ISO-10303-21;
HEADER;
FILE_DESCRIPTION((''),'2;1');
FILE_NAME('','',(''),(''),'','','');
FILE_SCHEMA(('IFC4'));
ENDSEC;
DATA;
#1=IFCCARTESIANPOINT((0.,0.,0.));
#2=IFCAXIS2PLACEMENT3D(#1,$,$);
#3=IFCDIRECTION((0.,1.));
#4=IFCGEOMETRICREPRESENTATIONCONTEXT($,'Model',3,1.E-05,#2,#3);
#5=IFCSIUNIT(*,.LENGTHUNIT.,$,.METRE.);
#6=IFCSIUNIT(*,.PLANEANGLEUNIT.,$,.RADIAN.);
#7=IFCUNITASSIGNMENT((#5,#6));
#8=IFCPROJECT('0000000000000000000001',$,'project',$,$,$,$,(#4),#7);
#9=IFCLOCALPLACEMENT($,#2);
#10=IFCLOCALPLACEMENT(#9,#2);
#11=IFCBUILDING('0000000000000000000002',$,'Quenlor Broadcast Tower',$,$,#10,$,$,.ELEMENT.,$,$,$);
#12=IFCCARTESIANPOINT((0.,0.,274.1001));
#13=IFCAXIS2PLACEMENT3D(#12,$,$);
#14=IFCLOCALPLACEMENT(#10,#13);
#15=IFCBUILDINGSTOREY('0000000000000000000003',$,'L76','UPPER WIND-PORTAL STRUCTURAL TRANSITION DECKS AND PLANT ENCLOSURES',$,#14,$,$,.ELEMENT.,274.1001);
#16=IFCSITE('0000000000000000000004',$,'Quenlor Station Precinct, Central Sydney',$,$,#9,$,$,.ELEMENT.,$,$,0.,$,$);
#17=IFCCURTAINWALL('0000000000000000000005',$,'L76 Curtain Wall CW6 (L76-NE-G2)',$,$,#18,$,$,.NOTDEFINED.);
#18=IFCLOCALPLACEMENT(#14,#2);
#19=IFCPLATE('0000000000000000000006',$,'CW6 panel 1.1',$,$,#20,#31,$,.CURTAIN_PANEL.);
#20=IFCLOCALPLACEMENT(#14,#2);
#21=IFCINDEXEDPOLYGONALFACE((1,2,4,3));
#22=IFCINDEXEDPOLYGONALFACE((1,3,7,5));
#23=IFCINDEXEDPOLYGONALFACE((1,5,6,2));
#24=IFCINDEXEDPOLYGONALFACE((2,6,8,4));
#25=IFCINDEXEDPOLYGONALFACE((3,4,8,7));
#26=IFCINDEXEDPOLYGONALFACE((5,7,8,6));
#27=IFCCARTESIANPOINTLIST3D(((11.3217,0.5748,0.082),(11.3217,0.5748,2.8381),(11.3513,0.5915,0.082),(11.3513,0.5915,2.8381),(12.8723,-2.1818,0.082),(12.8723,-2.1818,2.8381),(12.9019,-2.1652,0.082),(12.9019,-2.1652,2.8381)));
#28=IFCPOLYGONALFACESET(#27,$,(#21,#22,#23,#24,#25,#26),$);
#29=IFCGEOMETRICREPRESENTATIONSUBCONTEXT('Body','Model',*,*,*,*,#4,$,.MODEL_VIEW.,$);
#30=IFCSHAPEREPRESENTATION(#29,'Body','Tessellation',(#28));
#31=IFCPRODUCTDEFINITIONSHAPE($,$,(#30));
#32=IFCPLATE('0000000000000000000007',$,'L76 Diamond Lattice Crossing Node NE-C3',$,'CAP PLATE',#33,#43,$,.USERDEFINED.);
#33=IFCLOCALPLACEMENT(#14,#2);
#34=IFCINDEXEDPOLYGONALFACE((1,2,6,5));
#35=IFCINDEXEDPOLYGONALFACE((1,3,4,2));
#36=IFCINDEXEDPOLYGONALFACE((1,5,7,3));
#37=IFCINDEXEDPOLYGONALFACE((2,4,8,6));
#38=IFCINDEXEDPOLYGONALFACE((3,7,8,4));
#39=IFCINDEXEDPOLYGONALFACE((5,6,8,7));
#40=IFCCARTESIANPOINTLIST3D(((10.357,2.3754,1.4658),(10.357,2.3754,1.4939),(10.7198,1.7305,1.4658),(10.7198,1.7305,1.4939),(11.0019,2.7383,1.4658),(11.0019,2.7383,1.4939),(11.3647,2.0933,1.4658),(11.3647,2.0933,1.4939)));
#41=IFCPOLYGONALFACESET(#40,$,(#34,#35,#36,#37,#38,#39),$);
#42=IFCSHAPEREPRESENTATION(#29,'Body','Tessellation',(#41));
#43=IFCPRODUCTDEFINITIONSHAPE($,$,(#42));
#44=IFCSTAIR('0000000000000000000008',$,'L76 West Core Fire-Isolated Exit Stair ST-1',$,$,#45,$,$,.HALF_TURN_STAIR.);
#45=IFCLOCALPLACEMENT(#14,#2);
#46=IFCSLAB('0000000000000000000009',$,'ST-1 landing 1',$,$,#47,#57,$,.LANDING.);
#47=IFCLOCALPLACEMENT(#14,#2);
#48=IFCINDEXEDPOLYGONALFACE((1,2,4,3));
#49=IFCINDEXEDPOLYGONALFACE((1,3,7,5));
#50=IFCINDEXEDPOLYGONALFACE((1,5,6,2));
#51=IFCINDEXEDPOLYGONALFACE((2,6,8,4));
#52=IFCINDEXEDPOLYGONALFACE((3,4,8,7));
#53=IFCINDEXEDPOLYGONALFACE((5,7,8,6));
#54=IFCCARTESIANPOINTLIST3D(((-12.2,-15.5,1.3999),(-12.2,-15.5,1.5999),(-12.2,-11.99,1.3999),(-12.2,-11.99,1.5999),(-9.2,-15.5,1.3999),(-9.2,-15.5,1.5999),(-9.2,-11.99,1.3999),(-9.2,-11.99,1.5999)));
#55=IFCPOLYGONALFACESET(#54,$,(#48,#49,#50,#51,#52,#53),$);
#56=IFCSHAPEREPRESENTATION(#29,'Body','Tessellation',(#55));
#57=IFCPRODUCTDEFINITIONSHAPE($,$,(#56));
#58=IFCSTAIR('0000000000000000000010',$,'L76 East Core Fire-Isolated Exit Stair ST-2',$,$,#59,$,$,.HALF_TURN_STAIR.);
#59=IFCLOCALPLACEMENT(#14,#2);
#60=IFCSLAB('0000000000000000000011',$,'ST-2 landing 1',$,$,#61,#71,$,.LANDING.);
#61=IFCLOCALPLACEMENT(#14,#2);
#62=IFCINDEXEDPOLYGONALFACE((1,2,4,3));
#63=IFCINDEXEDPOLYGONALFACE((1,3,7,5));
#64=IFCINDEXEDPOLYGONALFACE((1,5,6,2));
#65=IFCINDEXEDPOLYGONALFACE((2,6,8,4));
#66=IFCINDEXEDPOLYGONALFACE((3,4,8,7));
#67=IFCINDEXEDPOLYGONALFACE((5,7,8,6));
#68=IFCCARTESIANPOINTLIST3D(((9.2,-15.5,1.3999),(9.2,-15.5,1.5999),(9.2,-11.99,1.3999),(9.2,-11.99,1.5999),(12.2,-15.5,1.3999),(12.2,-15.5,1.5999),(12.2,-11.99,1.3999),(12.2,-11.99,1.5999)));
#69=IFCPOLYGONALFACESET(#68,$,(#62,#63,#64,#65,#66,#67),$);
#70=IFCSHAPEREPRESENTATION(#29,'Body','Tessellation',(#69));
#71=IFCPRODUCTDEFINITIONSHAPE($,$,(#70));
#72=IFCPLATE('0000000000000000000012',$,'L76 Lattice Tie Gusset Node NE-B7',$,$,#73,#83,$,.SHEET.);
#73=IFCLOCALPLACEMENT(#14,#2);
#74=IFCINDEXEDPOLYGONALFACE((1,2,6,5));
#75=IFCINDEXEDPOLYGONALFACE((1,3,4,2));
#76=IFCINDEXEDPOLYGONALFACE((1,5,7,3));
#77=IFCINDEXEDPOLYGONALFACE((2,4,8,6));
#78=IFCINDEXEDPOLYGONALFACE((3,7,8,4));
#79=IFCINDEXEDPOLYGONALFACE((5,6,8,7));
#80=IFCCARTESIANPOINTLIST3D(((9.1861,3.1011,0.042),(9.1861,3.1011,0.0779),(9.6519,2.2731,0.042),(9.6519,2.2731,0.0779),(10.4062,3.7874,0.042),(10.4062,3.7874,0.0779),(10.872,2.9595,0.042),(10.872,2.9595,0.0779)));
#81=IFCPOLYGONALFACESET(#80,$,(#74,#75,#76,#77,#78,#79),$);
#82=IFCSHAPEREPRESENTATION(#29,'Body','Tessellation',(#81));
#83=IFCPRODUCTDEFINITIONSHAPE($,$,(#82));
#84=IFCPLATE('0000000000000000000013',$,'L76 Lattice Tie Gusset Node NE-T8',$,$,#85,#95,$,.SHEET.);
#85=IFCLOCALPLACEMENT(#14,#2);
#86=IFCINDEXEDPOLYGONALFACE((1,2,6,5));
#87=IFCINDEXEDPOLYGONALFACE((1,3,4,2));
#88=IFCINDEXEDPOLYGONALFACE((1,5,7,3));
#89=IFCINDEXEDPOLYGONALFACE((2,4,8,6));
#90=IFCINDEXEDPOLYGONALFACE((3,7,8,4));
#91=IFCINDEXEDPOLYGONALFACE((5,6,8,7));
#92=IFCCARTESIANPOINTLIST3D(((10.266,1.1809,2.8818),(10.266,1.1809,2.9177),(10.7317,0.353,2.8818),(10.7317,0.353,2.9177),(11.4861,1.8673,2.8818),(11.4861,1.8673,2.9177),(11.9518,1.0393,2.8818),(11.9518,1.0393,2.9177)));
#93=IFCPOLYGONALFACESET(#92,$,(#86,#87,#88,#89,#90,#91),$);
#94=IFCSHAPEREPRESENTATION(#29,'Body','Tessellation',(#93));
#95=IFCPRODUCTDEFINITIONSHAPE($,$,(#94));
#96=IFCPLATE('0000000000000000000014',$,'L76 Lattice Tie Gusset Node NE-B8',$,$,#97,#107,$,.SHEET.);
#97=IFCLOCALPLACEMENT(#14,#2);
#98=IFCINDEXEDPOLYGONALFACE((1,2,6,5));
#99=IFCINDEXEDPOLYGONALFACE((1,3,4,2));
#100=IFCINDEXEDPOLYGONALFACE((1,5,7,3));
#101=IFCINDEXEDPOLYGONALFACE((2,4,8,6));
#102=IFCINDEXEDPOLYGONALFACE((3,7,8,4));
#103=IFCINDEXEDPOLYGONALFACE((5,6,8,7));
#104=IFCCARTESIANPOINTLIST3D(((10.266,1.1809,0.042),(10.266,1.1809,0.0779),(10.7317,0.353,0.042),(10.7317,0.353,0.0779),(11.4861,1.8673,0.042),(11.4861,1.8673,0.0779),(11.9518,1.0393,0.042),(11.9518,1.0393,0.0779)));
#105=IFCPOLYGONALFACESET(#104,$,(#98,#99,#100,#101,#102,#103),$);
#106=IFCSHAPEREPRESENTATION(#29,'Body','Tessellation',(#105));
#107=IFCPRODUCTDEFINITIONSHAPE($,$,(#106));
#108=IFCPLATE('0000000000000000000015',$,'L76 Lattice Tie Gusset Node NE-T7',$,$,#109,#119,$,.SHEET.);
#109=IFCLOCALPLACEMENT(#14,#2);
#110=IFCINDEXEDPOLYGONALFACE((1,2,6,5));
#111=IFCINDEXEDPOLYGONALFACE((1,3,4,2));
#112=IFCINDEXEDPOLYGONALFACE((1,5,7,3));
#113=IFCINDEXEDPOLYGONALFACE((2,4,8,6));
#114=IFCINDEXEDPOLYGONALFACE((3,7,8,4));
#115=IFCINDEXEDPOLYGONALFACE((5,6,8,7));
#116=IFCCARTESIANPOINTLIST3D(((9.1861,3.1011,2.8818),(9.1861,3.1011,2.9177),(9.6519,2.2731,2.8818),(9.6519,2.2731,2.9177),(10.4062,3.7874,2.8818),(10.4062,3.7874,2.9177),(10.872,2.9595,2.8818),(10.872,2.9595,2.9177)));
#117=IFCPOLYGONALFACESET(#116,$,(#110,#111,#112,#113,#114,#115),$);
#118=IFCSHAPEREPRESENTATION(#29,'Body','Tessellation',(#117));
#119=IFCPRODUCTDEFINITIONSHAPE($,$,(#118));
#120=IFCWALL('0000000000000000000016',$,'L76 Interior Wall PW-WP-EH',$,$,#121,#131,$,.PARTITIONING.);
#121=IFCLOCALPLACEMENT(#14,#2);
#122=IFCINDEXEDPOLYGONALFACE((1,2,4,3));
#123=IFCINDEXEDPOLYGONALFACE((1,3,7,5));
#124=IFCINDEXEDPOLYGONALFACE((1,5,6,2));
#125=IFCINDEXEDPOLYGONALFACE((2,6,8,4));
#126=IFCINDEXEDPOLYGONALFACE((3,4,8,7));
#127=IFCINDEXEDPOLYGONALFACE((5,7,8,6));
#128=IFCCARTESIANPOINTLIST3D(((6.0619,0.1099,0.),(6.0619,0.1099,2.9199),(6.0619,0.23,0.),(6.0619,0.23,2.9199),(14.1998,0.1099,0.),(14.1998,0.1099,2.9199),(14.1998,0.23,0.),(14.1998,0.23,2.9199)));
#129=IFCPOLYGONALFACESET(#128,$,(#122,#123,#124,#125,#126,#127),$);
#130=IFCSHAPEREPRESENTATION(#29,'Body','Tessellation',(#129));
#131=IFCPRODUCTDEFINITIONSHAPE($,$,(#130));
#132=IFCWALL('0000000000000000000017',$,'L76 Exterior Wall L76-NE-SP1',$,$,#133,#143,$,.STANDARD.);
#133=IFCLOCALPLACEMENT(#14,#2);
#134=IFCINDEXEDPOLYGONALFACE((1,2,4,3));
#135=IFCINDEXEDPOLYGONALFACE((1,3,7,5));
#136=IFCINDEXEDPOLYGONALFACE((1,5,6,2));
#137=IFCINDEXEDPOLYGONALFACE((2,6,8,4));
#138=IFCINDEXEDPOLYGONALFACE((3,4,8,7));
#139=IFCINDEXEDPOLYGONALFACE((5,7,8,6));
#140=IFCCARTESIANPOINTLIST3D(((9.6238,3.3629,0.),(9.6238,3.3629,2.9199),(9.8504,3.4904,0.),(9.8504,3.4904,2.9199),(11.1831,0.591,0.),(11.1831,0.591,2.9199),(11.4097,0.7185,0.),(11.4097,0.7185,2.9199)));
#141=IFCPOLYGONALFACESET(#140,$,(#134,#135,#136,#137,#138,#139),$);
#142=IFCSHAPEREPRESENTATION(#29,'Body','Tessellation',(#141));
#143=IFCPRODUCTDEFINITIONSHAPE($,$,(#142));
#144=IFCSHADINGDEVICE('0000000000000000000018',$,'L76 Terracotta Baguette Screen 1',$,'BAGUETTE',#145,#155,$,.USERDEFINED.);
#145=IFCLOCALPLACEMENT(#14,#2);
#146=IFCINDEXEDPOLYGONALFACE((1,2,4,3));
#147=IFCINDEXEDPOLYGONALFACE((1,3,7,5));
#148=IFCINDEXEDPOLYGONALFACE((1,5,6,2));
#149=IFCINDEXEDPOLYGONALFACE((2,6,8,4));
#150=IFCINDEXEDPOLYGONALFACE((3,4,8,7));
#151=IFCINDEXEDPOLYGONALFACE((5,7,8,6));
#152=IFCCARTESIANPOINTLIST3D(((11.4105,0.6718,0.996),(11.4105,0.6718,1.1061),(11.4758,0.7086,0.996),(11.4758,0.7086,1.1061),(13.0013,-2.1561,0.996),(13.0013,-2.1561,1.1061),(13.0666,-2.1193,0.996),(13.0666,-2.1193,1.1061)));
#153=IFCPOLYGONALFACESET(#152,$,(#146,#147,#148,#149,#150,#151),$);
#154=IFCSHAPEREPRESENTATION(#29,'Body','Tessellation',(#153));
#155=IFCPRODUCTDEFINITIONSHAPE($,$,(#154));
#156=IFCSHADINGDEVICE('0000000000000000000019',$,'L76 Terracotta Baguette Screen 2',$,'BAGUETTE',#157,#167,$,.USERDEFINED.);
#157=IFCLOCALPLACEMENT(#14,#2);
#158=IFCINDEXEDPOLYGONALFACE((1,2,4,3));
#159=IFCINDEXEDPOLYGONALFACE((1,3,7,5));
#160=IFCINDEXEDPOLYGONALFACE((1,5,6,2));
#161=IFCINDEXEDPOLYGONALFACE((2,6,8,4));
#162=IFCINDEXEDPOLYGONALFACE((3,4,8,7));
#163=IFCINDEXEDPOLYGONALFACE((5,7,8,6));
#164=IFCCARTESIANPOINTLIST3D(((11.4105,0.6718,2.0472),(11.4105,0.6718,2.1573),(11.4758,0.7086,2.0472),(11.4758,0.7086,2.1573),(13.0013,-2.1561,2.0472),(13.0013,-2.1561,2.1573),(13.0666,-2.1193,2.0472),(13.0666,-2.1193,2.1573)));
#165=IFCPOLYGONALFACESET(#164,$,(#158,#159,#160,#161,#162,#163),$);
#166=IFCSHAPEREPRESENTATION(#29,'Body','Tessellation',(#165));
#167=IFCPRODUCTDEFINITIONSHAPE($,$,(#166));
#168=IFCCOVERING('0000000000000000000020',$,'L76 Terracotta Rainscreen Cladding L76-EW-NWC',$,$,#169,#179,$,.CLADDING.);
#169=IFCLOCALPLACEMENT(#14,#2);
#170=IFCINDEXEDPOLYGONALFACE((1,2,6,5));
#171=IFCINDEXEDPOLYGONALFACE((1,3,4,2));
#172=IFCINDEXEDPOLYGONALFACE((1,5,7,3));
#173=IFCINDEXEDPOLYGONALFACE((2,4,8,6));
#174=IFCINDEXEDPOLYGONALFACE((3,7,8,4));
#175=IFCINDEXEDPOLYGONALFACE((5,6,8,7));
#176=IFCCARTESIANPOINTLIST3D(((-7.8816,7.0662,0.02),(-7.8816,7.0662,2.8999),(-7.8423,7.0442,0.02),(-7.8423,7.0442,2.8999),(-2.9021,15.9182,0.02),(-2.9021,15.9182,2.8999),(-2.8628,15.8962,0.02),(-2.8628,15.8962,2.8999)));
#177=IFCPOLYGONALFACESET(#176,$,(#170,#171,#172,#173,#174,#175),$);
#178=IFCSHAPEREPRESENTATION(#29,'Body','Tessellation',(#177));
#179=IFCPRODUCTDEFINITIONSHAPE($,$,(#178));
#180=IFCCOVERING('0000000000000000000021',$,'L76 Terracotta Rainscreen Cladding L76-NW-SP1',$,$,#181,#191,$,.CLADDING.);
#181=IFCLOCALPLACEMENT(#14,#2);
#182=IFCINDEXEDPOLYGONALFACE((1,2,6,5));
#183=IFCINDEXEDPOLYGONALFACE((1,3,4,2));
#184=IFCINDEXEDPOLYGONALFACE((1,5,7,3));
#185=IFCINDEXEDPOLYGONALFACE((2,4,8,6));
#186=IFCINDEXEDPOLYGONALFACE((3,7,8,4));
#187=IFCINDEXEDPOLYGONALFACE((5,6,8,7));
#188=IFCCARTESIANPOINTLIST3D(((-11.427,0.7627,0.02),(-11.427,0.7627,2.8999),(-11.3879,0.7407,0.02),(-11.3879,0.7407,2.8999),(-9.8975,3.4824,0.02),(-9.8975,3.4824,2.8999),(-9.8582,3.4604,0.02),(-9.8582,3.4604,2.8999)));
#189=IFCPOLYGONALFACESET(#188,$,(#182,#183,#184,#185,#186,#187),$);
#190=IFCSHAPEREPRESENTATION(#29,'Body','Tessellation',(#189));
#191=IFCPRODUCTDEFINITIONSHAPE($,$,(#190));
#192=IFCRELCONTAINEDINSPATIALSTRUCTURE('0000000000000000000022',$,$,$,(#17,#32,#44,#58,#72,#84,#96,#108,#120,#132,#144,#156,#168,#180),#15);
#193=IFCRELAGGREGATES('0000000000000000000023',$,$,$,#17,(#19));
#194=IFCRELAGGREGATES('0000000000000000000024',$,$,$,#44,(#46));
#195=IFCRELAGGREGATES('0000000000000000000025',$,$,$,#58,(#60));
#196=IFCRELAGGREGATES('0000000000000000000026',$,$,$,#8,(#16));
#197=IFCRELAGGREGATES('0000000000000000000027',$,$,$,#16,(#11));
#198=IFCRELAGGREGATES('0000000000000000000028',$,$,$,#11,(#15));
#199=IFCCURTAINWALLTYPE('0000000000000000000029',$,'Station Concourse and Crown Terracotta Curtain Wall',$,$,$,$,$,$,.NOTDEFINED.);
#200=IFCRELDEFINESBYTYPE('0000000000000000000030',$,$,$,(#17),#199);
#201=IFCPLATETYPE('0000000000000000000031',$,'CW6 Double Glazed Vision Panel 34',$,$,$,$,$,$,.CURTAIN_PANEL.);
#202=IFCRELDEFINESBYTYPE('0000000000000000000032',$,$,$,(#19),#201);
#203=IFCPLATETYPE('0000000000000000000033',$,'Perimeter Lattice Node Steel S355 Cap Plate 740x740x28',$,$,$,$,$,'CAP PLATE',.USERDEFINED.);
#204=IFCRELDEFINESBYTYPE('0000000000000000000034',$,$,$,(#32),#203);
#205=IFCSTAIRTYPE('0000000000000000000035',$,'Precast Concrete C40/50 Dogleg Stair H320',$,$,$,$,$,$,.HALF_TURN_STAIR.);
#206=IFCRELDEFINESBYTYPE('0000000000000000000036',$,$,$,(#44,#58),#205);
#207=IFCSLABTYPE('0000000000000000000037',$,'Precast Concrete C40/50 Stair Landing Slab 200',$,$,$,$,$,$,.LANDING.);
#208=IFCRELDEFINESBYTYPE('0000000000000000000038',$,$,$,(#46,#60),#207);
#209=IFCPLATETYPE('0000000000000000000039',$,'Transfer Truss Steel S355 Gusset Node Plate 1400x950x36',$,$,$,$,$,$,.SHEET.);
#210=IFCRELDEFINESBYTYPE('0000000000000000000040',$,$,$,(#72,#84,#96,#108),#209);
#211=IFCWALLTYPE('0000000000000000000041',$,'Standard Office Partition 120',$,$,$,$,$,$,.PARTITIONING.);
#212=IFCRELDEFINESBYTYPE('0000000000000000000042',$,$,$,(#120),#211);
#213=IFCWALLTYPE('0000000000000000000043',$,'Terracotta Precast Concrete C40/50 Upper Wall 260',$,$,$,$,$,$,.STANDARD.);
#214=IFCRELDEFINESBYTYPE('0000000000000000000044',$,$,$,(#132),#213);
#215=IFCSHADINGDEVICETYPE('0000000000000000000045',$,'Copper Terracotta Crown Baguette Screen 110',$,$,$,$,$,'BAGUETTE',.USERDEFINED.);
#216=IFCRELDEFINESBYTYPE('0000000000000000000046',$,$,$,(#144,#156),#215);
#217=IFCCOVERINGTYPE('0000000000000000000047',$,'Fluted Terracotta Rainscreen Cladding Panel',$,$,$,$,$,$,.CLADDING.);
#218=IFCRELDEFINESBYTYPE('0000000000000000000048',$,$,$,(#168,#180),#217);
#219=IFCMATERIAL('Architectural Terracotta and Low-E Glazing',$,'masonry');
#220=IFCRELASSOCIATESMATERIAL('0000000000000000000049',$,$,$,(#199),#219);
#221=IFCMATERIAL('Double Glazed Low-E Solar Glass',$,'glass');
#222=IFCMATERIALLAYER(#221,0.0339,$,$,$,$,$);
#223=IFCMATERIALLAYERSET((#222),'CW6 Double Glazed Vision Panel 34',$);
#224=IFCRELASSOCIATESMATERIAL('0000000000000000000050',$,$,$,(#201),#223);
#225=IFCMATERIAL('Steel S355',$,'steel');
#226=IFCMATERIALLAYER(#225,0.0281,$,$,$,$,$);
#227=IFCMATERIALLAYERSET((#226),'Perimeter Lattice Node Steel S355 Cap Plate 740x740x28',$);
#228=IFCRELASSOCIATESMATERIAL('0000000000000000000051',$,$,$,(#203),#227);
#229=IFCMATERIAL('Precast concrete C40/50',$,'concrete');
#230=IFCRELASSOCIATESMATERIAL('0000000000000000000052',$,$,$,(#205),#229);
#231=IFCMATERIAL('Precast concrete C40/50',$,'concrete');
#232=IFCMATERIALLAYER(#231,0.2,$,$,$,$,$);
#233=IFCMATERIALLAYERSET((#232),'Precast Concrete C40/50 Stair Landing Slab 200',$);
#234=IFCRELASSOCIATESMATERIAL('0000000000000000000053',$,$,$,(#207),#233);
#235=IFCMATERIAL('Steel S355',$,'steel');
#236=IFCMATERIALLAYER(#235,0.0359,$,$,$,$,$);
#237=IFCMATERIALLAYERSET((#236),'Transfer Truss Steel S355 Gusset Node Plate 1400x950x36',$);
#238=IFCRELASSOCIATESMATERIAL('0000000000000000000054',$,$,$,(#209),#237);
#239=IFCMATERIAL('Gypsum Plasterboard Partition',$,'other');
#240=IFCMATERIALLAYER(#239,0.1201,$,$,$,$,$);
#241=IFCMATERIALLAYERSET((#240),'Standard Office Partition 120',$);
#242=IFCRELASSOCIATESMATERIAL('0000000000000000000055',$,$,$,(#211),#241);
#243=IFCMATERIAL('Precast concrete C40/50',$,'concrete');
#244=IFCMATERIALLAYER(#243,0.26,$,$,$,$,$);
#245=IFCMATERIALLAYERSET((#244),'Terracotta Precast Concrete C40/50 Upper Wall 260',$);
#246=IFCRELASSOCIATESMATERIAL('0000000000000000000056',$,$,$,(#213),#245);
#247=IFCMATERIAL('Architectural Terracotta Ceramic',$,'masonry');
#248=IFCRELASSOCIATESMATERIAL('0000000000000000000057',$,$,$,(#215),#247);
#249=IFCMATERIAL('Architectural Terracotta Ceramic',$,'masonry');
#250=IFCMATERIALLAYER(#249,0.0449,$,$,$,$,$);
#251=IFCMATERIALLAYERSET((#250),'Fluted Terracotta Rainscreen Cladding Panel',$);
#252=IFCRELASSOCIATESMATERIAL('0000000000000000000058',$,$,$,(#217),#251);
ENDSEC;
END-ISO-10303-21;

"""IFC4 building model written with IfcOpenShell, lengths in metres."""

from ifc_helpers import new_model, si_unit, direction, frame, frame_2d, origin, origin_2d, place, context, subcontext, project, spatial, polyline, rectangle, outline, extrude, material, layer, layer_set, material_profile, profile_set, type_object, element, aggregate, save


model = new_model("IFC4")

# Units and contexts
model_context = context("Model", 3, precision=1e-05, world=origin(), true_north=direction((0.0, 1.0)))
body_context = subcontext(model_context, "Body", "Model", "MODEL_VIEW")
ifc_project = project(units=[si_unit("LENGTHUNIT", "METRE"), si_unit("PLANEANGLEUNIT", "RADIAN")], contexts=[model_context])

# Site, building, storey
site_placement = place(None, origin())
site = spatial("IfcSite", under=ifc_project, at=site_placement, Name="Quenlor Station Precinct, Central Sydney", CompositionType="ELEMENT", RefElevation=0.0)
building_placement = place(site_placement, origin())
building = spatial("IfcBuilding", under=site, at=building_placement, Name="Quenlor Broadcast Tower", CompositionType="ELEMENT")
storey_placement = place(building_placement, frame((0.0, 0.0, 274.1001)))
storey = spatial("IfcBuildingStorey", under=building, at=storey_placement, Name="L76", Description="UPPER WIND-PORTAL STRUCTURAL TRANSITION DECKS AND PLANT ENCLOSURES", CompositionType="ELEMENT", Elevation=274.1001)

# Curtain wall
ifc_material_1 = material(Name="Architectural Terracotta and Low-E Glazing", Category="masonry")
curtain_wall_type = type_object("IfcCurtainWallType", Name="Station Concourse and Crown Terracotta Curtain Wall", PredefinedType="NOTDEFINED", material=ifc_material_1)
curtain_wall_placement = place(storey_placement, origin())
curtain_wall = element("IfcCurtainWall", 1, at=curtain_wall_placement, inside=storey, type_object=curtain_wall_type, Name="L76 Curtain Wall CW6 (L76-NE-G2)", PredefinedType="NOTDEFINED")

# Plates
ifc_material_2 = material(Name="Double Glazed Low-E Solar Glass", Category="glass")
ifc_layer_1 = layer(ifc_material_2, 0.0339)
ifc_layer_set_1 = layer_set([ifc_layer_1], Name="CW6 Double Glazed Vision Panel 34")
plate_type_1 = type_object("IfcPlateType", Name="CW6 Double Glazed Vision Panel 34", PredefinedType="CURTAIN_PANEL", material=ifc_layer_set_1)
plate_1_placement = place(storey_placement, frame((12.1118, -0.7952, 0.082), z_axis=(0.0, 0.0, 1.0), x_axis=(0.490268, -0.871572, 0.0)))
plate_1 = element("IfcPlate", 2, at=plate_1_placement, type_object=plate_type_1, Name="CW6 panel 1.1", PredefinedType="CURTAIN_PANEL", context=body_context, shape_type="SweptSolid", body=[
    extrude(rectangle(XDim=3.1628, YDim=0.0339, at=origin_2d()), origin(), (0.0, 0.0, 1.0), 2.7561),
])
aggregate(curtain_wall, [plate_1])
ifc_material_3 = material(Name="Steel S355", Category="steel")
ifc_layer_2 = layer(ifc_material_3, 0.0281)
ifc_layer_set_2 = layer_set([ifc_layer_2], Name="Perimeter Lattice Node Steel S355 Cap Plate 740x740x28")
plate_type_2 = type_object("IfcPlateType", Name="Perimeter Lattice Node Steel S355 Cap Plate 740x740x28", ElementType="CAP PLATE", PredefinedType="USERDEFINED", material=ifc_layer_set_2)
plate_2_placement = place(storey_placement, frame((10.8608, 2.2344, 1.4658), z_axis=(0.0, 0.0, 1.0), x_axis=(0.490295, -0.871556, 0.0)))
element("IfcPlate", 3, at=plate_2_placement, inside=storey, type_object=plate_type_2, Name="L76 Diamond Lattice Crossing Node NE-C3", ObjectType="CAP PLATE", PredefinedType="USERDEFINED", context=body_context, shape_type="SweptSolid", body=[
    extrude(rectangle(XDim=0.74, YDim=0.74, at=origin_2d()), origin(), (0.0, 0.0, 1.0), 0.0281),
])

# Stairs, slabs
ifc_material_4 = material(Name="Precast concrete C40/50", Category="concrete")
stair_type = type_object("IfcStairType", Name="Precast Concrete C40/50 Dogleg Stair H320", PredefinedType="HALF_TURN_STAIR", material=ifc_material_4)
stair_1_placement = place(storey_placement, origin())
stair_1 = element("IfcStair", 4, at=stair_1_placement, inside=storey, type_object=stair_type, Name="L76 West Core Fire-Isolated Exit Stair ST-1", PredefinedType="HALF_TURN_STAIR")
ifc_material_5 = material(Name="Precast concrete C40/50", Category="concrete")
ifc_layer_3 = layer(ifc_material_5, 0.2)
ifc_layer_set_3 = layer_set([ifc_layer_3], Name="Precast Concrete C40/50 Stair Landing Slab 200")
slab_type = type_object("IfcSlabType", Name="Precast Concrete C40/50 Stair Landing Slab 200", PredefinedType="LANDING", material=ifc_layer_set_3)
slab_1_placement = place(storey_placement, frame((0.0, 0.0, 1.3999)))
slab_1 = element("IfcSlab", 5, at=slab_1_placement, type_object=slab_type, Name="ST-1 landing 1", PredefinedType="LANDING", context=body_context, shape_type="SweptSolid", body=[
    extrude(outline(polyline([(-12.2, -11.99), (-12.2, -15.5), (-9.2, -15.5), (-9.2, -11.99), (-12.2, -11.99)])), origin(), (0.0, 0.0, 1.0), 0.2),
])
aggregate(stair_1, [slab_1])
stair_2_placement = place(storey_placement, origin())
stair_2 = element("IfcStair", 6, at=stair_2_placement, inside=storey, type_object=stair_type, Name="L76 East Core Fire-Isolated Exit Stair ST-2", PredefinedType="HALF_TURN_STAIR")
slab_2_placement = place(storey_placement, frame((0.0, 0.0, 1.3999)))
slab_2 = element("IfcSlab", 7, at=slab_2_placement, type_object=slab_type, Name="ST-2 landing 1", PredefinedType="LANDING", context=body_context, shape_type="SweptSolid", body=[
    extrude(outline(polyline([(9.2, -11.99), (9.2, -15.5), (12.2, -15.5), (12.2, -11.99), (9.2, -11.99)])), origin(), (0.0, 0.0, 1.0), 0.2),
])
aggregate(stair_2, [slab_2])

# Plates
ifc_material_6 = material(Name="Steel S355", Category="steel")
ifc_layer_4 = layer(ifc_material_6, 0.0359)
ifc_layer_set_4 = layer_set([ifc_layer_4], Name="Transfer Truss Steel S355 Gusset Node Plate 1400x950x36")
plate_type_3 = type_object("IfcPlateType", Name="Transfer Truss Steel S355 Gusset Node Plate 1400x950x36", PredefinedType="SHEET", material=ifc_layer_set_4)
for number, where, z_axis, x_axis, name in (
    (8, (10.0291, 3.0303, 0.042), (0.0, 0.0, 1.0), (0.871556, 0.490295, 0.0), "L76 Lattice Tie Gusset Node NE-B7"),
    (9, (11.1089, 1.1101, 2.8818), (0.0, 0.0, 1.0), (0.871556, 0.490295, 0.0), "L76 Lattice Tie Gusset Node NE-T8"),
    (10, (11.1089, 1.1101, 0.042), (0.0, 0.0, 1.0), (0.871556, 0.490295, 0.0), "L76 Lattice Tie Gusset Node NE-B8"),
    (11, (10.0291, 3.0303, 2.8818), (0.0, 0.0, 1.0), (0.871556, 0.490295, 0.0), "L76 Lattice Tie Gusset Node NE-T7"),
):
    element("IfcPlate", number, at=place(storey_placement, frame(where, z_axis=z_axis, x_axis=x_axis)), inside=storey, type_object=plate_type_3, Name=name, PredefinedType="SHEET", context=body_context, shape_type="SweptSolid", body=[
        extrude(rectangle(XDim=1.3999, YDim=0.95, at=origin_2d()), origin(), (0.0, 0.0, 1.0), 0.0359),
    ])

# Walls
ifc_material_7 = material(Name="Gypsum Plasterboard Partition", Category="other")
ifc_layer_5 = layer(ifc_material_7, 0.1201)
ifc_layer_set_5 = layer_set([ifc_layer_5], Name="Standard Office Partition 120")
wall_type_1 = type_object("IfcWallType", Name="Standard Office Partition 120", PredefinedType="PARTITIONING", material=ifc_layer_set_5)
wall_1_placement = place(storey_placement, frame((6.062, 0.1699, 0.0), z_axis=(0.0, 0.0, 1.0), x_axis=(1.0, 0.0, 0.0)))
element("IfcWall", 12, at=wall_1_placement, inside=storey, type_object=wall_type_1, Name="L76 Interior Wall PW-WP-EH", PredefinedType="PARTITIONING", context=body_context, shape_type="SweptSolid", body=[
    extrude(rectangle(XDim=8.1379, YDim=0.1201, at=frame_2d((4.0688, 0.0))), origin(), (0.0, 0.0, 1.0), 2.9199),
])
ifc_material_8 = material(Name="Precast concrete C40/50", Category="concrete")
ifc_layer_6 = layer(ifc_material_8, 0.26)
ifc_layer_set_6 = layer_set([ifc_layer_6], Name="Terracotta Precast Concrete C40/50 Upper Wall 260")
wall_type_2 = type_object("IfcWallType", Name="Terracotta Precast Concrete C40/50 Upper Wall 260", PredefinedType="STANDARD", material=ifc_layer_set_6)
wall_2_placement = place(storey_placement, frame((9.7371, 3.4268, 0.0), z_axis=(0.0, 0.0, 1.0), x_axis=(0.490283, -0.871563, 0.0)))
element("IfcWall", 13, at=wall_2_placement, inside=storey, type_object=wall_type_2, Name="L76 Exterior Wall L76-NE-SP1", PredefinedType="STANDARD", context=body_context, shape_type="SweptSolid", body=[
    extrude(rectangle(XDim=3.1804, YDim=0.26, at=frame_2d((1.5903, 0.0))), origin(), (0.0, 0.0, 1.0), 2.9199),
])

# Shading devices
ifc_material_9 = material(Name="Architectural Terracotta Ceramic", Category="masonry")
ifc_material_profile_1 = material_profile(ifc_material_9, rectangle(XDim=0.075, YDim=0.1101, at=origin_2d()))
ifc_profile_set_1 = profile_set([ifc_material_profile_1], Name="Architectural Terracotta Ceramic BAG75x110")
shading_device_type = type_object("IfcShadingDeviceType", Name="Copper Terracotta Crown Baguette Screen 110", ElementType="BAGUETTE", PredefinedType="USERDEFINED", material=ifc_profile_set_1)
for number, where, z_axis, x_axis, name in (
    (14, (11.4431, 0.6902, 1.051), (0.490293, -0.871557, 0.0), (0.871557, 0.490293, 0.0), "L76 Terracotta Baguette Screen 1"),
    (15, (11.4431, 0.6902, 2.1023), (0.490293, -0.871557, 0.0), (0.871557, 0.490293, 0.0), "L76 Terracotta Baguette Screen 2"),
):
    element("IfcShadingDevice", number, at=place(storey_placement, frame(where, z_axis=z_axis, x_axis=x_axis)), inside=storey, type_object=shading_device_type, Name=name, ObjectType="BAGUETTE", PredefinedType="USERDEFINED", context=body_context, shape_type="SweptSolid", body=[
        extrude(rectangle(XDim=0.075, YDim=0.1101, at=origin_2d()), origin(), (0.0, 0.0, 1.0), 3.2446),
    ])

# Coverings
ifc_material_10 = material(Name="Architectural Terracotta Ceramic", Category="masonry")
ifc_layer_7 = layer(ifc_material_10, 0.0449)
ifc_layer_set_7 = layer_set([ifc_layer_7], Name="Fluted Terracotta Rainscreen Cladding Panel")
covering_type = type_object("IfcCoveringType", Name="Fluted Terracotta Rainscreen Cladding Panel", PredefinedType="CLADDING", material=ifc_layer_set_7)
covering_1_placement = place(storey_placement, frame((0.0, 0.0, 0.02)))
element("IfcCovering", 16, at=covering_1_placement, inside=storey, type_object=covering_type, Name="L76 Terracotta Rainscreen Cladding L76-EW-NWC", PredefinedType="CLADDING", context=body_context, shape_type="SweptSolid", body=[
    extrude(outline(polyline([(-7.8423, 7.0442), (-2.8628, 15.8962), (-2.9021, 15.9182), (-7.8816, 7.0662), (-7.8423, 7.0442)])), origin(), (0.0, 0.0, 1.0), 2.8799),
])
covering_2_placement = place(storey_placement, frame((0.0, 0.0, 0.02)))
element("IfcCovering", 17, at=covering_2_placement, inside=storey, type_object=covering_type, Name="L76 Terracotta Rainscreen Cladding L76-NW-SP1", PredefinedType="CLADDING", context=body_context, shape_type="SweptSolid", body=[
    extrude(outline(polyline([(-11.3879, 0.7407), (-9.8582, 3.4604), (-9.8975, 3.4824), (-11.427, 0.7627), (-11.3879, 0.7407)])), origin(), (0.0, 0.0, 1.0), 2.8799),
])

save(model, "model.ifc")
